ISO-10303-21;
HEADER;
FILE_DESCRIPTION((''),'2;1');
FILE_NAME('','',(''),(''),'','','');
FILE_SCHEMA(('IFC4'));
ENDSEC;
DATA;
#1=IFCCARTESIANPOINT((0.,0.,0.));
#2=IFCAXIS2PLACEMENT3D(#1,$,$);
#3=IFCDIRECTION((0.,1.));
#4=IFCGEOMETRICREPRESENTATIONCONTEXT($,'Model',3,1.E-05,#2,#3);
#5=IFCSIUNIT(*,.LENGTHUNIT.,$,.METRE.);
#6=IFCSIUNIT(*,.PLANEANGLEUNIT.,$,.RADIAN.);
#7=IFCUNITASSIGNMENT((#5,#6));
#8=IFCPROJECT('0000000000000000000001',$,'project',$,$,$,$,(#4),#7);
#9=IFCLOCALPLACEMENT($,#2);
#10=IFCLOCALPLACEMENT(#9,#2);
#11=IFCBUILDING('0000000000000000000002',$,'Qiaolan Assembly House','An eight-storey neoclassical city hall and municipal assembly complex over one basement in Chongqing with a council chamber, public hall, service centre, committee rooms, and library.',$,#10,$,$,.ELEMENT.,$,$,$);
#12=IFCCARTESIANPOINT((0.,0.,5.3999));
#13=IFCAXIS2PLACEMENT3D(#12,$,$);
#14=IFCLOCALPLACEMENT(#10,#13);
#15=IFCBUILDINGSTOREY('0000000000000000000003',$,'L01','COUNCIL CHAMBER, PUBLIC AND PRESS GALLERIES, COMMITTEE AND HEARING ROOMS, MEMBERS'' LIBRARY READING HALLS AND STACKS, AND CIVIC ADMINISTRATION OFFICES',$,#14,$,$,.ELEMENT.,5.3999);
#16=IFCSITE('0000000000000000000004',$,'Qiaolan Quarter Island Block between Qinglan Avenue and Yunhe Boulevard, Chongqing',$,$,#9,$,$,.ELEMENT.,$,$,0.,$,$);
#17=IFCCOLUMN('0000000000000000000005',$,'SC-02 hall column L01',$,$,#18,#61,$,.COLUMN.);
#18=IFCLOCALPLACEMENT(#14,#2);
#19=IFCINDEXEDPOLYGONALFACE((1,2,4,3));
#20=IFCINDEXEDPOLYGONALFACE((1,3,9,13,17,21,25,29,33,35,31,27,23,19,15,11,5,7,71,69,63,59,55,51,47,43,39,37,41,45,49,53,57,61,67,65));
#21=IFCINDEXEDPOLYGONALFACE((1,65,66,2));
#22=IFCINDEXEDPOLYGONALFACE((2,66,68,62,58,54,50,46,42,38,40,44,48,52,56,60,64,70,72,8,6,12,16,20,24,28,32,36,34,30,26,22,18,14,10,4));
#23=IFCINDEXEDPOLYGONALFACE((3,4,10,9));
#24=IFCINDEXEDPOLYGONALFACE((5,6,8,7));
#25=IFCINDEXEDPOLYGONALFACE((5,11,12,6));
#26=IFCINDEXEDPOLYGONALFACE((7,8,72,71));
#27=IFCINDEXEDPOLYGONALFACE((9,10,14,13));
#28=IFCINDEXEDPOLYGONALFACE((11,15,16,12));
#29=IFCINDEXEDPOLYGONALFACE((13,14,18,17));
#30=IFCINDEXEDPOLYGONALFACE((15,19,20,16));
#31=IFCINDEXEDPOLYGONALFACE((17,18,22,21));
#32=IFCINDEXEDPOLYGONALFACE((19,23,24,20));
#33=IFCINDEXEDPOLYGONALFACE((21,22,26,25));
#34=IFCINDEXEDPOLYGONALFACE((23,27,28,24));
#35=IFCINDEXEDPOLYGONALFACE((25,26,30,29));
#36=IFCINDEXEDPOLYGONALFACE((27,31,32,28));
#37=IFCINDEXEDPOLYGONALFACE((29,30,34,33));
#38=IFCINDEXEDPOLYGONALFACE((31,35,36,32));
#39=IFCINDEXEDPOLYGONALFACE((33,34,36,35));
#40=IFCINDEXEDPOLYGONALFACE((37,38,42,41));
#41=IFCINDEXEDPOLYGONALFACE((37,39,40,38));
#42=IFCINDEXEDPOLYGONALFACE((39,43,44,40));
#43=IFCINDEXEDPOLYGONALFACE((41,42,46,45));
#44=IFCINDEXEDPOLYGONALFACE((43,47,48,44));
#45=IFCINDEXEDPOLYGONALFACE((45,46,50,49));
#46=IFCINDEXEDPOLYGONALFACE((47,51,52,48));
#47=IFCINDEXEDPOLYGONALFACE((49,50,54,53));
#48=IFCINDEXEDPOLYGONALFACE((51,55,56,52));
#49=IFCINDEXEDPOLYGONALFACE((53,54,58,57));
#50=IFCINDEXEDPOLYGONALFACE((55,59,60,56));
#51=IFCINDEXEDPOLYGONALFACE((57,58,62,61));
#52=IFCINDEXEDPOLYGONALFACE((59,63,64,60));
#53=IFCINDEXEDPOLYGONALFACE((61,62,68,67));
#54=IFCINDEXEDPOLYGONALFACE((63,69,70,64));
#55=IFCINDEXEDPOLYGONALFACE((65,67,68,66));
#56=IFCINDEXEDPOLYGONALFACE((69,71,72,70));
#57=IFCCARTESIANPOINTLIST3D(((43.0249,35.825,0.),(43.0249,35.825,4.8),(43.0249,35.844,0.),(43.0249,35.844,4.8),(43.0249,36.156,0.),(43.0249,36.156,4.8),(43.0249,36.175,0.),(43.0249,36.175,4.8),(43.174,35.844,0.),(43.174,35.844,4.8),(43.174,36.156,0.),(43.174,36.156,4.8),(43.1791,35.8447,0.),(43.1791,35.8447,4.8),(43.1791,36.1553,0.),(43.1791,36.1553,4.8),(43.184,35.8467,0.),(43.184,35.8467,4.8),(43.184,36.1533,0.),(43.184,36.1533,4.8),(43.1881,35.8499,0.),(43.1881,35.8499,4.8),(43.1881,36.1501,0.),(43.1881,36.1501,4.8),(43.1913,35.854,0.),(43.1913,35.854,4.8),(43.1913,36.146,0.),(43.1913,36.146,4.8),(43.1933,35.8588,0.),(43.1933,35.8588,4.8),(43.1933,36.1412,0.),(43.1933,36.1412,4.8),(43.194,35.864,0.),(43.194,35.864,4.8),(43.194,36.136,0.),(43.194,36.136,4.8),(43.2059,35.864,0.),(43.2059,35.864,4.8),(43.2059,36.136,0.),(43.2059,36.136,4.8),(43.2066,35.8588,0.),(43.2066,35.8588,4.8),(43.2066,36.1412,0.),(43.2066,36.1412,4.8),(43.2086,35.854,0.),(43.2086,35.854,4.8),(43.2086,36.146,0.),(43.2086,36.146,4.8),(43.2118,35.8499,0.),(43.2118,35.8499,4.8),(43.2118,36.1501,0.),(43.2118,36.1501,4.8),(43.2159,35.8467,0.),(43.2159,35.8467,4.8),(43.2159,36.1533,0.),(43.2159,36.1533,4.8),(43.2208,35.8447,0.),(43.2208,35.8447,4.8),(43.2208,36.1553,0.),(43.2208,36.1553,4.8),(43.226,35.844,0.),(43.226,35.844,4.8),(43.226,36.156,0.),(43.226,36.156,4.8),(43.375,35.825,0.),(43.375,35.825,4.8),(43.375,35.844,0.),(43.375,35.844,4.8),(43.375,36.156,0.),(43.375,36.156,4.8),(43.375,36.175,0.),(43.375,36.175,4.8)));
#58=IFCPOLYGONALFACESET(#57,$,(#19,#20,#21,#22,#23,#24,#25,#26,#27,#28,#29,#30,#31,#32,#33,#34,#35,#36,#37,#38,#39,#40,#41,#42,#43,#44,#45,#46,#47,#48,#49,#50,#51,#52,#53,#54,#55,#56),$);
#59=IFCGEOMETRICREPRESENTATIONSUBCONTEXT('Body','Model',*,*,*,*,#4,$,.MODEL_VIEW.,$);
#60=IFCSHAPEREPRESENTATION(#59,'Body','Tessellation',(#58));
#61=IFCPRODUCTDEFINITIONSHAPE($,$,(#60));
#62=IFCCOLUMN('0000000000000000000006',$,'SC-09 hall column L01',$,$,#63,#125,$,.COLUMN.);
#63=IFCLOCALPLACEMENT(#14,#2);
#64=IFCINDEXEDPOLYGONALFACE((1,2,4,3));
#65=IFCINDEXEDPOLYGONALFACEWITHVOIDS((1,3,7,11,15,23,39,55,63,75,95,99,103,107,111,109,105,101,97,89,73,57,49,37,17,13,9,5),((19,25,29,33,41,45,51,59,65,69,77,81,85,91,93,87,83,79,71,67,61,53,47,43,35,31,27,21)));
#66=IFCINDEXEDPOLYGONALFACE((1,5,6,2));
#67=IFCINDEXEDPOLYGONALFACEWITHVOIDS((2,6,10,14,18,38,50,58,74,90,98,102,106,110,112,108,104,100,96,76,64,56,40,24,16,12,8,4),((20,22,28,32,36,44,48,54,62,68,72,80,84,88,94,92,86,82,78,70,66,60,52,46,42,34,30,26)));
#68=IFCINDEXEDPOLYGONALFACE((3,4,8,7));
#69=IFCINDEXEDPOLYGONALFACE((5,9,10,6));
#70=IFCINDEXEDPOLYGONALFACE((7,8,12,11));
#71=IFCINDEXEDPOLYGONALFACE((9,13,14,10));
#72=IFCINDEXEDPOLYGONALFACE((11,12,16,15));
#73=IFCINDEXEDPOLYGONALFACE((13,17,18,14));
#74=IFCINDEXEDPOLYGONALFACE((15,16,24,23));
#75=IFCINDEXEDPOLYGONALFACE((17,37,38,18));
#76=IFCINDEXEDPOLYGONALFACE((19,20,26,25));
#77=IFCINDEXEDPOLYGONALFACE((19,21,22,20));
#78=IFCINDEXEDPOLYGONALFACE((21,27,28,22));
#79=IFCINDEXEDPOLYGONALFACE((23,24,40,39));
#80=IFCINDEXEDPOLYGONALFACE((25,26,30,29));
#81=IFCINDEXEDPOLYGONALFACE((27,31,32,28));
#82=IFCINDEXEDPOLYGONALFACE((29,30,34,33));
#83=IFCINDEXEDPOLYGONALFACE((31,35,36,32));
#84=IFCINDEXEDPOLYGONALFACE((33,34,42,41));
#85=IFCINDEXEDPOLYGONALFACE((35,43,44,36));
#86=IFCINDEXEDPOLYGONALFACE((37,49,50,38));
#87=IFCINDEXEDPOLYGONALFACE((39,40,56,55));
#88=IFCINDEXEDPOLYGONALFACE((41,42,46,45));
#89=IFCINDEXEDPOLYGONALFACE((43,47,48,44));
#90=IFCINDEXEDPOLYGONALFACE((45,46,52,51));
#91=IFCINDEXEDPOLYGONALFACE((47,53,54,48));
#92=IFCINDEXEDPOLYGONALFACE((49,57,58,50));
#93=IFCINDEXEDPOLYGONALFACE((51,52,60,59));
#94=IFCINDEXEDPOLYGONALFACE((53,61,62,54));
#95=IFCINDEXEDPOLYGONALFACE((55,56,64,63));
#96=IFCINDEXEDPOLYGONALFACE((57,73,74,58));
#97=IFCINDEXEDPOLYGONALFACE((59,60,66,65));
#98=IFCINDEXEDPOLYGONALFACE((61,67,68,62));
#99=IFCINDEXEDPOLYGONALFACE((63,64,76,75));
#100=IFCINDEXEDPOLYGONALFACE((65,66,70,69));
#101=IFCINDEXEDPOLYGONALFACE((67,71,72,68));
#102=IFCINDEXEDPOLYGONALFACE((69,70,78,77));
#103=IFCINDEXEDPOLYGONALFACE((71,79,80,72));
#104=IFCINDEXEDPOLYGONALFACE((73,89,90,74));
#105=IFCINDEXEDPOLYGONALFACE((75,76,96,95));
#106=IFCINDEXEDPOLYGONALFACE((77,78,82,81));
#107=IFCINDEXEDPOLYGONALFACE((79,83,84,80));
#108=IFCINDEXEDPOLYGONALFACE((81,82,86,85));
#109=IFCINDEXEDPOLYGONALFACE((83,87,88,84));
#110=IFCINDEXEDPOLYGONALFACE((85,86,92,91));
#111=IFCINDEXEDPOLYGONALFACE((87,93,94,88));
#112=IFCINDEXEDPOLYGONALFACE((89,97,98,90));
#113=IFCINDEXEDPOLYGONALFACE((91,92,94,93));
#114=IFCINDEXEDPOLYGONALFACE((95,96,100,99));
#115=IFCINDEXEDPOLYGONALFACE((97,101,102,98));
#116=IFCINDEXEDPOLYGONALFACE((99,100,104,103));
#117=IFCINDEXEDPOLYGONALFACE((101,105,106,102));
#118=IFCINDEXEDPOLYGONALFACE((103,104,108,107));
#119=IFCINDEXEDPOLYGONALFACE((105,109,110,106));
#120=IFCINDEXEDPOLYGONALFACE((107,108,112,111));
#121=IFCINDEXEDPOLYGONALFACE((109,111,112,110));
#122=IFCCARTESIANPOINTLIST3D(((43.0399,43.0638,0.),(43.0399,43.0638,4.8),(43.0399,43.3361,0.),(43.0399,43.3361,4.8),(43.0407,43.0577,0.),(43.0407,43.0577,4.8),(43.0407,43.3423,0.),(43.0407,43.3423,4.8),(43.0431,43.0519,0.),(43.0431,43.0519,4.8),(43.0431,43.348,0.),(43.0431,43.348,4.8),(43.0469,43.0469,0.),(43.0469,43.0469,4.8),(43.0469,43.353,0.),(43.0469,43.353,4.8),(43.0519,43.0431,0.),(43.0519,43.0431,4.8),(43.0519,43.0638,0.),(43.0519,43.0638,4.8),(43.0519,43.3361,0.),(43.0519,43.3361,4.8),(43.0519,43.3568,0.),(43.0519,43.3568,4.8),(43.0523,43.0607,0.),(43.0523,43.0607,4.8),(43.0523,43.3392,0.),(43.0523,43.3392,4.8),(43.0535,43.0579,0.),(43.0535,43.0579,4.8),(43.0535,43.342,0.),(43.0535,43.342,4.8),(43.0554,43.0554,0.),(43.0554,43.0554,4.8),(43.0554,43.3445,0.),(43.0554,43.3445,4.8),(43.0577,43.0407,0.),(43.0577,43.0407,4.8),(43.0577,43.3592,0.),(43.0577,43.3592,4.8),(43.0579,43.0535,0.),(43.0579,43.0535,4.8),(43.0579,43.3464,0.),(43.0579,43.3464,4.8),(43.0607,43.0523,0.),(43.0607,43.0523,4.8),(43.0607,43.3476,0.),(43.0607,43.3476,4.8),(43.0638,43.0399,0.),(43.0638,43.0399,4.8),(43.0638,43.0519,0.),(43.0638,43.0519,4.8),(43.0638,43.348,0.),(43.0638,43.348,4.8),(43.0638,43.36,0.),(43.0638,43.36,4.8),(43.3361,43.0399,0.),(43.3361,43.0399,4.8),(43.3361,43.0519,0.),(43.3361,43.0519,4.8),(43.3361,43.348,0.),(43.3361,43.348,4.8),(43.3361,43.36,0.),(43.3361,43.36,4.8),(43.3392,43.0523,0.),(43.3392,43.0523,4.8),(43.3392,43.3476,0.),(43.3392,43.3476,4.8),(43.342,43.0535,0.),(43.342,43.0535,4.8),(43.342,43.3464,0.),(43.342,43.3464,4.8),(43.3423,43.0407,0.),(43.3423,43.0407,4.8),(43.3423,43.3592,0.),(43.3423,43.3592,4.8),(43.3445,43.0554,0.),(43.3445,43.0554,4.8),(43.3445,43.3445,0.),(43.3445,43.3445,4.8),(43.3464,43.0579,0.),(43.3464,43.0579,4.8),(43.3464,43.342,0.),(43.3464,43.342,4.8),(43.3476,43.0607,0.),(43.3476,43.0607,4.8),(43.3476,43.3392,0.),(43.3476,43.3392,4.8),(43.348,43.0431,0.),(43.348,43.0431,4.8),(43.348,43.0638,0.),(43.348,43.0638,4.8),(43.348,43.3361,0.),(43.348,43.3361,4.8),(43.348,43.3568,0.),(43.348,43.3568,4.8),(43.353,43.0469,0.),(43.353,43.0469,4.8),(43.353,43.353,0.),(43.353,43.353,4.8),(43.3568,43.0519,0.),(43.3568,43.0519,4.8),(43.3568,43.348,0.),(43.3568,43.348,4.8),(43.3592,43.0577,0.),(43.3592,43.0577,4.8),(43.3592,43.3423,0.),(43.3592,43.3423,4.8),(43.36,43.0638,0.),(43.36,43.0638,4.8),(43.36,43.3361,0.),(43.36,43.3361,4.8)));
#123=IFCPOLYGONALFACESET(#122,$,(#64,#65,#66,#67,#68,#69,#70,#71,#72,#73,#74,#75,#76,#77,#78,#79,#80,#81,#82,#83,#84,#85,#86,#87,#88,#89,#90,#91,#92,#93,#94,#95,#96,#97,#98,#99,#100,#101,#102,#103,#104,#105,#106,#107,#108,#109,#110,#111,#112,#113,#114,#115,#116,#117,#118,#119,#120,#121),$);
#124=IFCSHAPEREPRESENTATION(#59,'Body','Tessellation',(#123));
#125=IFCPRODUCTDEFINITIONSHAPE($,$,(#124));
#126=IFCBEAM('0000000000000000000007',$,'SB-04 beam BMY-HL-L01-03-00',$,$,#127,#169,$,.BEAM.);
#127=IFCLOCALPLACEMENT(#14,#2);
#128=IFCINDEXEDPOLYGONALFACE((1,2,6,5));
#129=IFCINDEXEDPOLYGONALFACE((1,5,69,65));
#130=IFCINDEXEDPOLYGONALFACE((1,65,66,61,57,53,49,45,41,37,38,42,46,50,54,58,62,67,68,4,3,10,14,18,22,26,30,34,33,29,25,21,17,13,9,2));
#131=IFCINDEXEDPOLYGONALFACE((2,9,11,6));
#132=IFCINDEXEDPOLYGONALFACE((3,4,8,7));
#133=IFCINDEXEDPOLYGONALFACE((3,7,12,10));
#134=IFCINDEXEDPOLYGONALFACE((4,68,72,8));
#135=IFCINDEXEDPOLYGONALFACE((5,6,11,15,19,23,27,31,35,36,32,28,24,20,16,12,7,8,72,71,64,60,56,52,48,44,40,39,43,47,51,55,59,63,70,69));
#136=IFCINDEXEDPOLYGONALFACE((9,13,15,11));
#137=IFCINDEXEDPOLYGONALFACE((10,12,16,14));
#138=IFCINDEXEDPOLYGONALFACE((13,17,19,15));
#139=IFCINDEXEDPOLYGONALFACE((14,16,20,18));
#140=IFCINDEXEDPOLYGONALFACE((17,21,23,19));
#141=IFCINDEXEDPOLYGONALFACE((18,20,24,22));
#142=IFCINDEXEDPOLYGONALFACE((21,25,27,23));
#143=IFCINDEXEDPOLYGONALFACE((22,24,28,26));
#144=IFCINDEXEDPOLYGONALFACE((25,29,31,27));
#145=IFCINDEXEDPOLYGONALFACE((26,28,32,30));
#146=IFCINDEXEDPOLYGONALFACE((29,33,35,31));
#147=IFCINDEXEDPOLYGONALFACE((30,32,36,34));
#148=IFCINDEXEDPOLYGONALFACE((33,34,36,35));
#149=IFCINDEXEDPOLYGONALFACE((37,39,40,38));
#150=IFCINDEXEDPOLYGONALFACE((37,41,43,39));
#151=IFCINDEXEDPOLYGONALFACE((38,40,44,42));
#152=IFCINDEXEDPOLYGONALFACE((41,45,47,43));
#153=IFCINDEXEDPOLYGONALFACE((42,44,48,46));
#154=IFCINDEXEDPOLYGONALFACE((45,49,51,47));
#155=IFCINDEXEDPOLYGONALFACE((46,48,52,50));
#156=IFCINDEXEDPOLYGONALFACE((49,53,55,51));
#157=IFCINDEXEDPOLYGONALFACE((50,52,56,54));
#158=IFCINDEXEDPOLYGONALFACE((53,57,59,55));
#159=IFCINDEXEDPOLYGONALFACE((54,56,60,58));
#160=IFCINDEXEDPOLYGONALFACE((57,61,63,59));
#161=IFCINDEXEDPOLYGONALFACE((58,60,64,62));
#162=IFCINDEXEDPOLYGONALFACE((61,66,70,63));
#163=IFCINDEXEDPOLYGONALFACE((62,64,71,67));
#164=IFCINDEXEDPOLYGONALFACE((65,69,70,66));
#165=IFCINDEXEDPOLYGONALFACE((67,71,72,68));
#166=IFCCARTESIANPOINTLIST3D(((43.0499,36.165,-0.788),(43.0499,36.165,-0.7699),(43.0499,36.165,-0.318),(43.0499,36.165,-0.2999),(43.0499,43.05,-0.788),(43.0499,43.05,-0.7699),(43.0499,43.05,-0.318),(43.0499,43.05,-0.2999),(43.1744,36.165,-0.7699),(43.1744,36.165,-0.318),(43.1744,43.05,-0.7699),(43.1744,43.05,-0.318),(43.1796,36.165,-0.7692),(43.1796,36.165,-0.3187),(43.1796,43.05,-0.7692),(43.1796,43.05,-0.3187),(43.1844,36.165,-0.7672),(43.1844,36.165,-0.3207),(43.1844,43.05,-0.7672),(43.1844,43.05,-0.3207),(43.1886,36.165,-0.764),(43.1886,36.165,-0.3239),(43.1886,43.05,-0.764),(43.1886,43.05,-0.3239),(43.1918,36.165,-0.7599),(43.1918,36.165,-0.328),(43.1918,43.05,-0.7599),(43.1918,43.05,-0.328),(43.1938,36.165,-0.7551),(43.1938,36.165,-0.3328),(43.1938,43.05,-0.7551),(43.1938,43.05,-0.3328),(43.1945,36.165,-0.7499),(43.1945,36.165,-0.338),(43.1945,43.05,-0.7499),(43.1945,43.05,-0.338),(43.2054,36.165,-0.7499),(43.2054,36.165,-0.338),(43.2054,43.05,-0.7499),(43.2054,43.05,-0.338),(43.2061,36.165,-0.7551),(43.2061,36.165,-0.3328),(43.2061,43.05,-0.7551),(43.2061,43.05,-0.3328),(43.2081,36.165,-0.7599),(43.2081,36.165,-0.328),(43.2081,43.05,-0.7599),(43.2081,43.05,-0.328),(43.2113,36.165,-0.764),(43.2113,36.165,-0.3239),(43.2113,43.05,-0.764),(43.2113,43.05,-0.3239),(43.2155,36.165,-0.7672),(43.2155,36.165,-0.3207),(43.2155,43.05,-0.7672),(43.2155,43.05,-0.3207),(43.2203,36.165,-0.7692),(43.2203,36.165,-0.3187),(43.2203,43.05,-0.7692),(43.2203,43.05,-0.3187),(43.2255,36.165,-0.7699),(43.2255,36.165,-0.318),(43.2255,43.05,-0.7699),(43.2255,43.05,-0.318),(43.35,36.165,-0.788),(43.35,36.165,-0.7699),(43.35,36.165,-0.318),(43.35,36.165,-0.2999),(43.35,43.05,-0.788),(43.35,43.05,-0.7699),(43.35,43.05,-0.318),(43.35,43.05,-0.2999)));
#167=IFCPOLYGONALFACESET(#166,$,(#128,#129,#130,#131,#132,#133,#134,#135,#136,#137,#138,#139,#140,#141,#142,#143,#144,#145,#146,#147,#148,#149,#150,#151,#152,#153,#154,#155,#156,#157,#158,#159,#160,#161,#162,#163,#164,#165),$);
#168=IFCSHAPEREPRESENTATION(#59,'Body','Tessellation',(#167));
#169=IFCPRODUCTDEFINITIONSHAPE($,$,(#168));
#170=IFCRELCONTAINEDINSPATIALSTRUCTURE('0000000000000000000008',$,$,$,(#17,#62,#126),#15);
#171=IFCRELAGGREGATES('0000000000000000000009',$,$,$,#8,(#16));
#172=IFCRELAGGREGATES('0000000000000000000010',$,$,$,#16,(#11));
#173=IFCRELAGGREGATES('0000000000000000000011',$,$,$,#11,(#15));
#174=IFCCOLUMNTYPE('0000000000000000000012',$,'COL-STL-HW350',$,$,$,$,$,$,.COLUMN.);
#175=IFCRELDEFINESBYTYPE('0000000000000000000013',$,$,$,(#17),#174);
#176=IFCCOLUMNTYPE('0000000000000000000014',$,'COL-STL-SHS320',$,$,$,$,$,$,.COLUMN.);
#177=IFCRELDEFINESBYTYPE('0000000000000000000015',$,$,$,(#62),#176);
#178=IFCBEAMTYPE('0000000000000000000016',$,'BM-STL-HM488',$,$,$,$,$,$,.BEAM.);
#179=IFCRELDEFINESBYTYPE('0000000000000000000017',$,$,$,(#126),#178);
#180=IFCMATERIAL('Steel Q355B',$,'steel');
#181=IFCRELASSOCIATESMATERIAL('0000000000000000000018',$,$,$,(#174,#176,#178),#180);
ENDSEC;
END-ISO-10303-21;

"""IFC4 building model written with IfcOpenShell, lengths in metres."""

from ifc_helpers import new_model, si_unit, direction, frame, origin, origin_2d, place, context, subcontext, project, spatial, hollow_rectangle, i_section, extrude, material, material_profile, profile_set, type_object, element, save


model = new_model("IFC4")

# Units and contexts
model_context = context("Model", 3, precision=1e-05, world=origin(), true_north=direction((0.0, 1.0)))
body_context = subcontext(model_context, "Body", "Model", "MODEL_VIEW")
ifc_project = project(units=[si_unit("LENGTHUNIT", "METRE"), si_unit("PLANEANGLEUNIT", "RADIAN")], contexts=[model_context])

# Site, building, storey
site_placement = place(None, origin())
site = spatial("IfcSite", under=ifc_project, at=site_placement, Name="Qiaolan Quarter Island Block between Qinglan Avenue and Yunhe Boulevard, Chongqing", CompositionType="ELEMENT", RefElevation=0.0)
building_placement = place(site_placement, origin())
building = spatial("IfcBuilding", under=site, at=building_placement, Name="Qiaolan Assembly House", Description="An eight-storey neoclassical city hall and municipal assembly complex over one basement in Chongqing with a council chamber, public hall, service centre, committee rooms, and library.", CompositionType="ELEMENT")
storey_placement = place(building_placement, frame((0.0, 0.0, 5.3999)))
storey = spatial("IfcBuildingStorey", under=building, at=storey_placement, Name="L01", Description="COUNCIL CHAMBER, PUBLIC AND PRESS GALLERIES, COMMITTEE AND HEARING ROOMS, MEMBERS' LIBRARY READING HALLS AND STACKS, AND CIVIC ADMINISTRATION OFFICES", CompositionType="ELEMENT", Elevation=5.3999)

# Columns
ifc_material_1 = material(Name="Steel Q355B", Category="steel")
ifc_material_profile_1 = material_profile(ifc_material_1, i_section(OverallWidth=0.3501, OverallDepth=0.3501, WebThickness=0.012, FlangeThickness=0.019, FilletRadius=0.02, at=origin_2d()), Name="HW 350x350x12x19")
ifc_profile_set_1 = profile_set([ifc_material_profile_1], Name="Steel Q355B")
column_type_1 = type_object("IfcColumnType", Name="COL-STL-HW350", PredefinedType="COLUMN", material=ifc_profile_set_1)
column_1_placement = place(storey_placement, frame((43.2, 36.0, 0.0), z_axis=(0.0, 0.0, 1.0), x_axis=(1.0, 0.0, 0.0)))
element("IfcColumn", 1, at=column_1_placement, inside=storey, type_object=column_type_1, Name="SC-02 hall column L01", PredefinedType="COLUMN", context=body_context, shape_type="SweptSolid", body=[
    extrude(i_section(OverallWidth=0.3501, OverallDepth=0.3501, WebThickness=0.012, FlangeThickness=0.019, FilletRadius=0.02, at=origin_2d()), origin(), (0.0, 0.0, 1.0), 4.8),
])
ifc_material_profile_2 = material_profile(ifc_material_1, hollow_rectangle(XDim=0.3201, YDim=0.3201, WallThickness=0.012, InnerFilletRadius=0.012, OuterFilletRadius=0.0239, at=origin_2d()), Name="SHS 320x320x12")
ifc_profile_set_2 = profile_set([ifc_material_profile_2], Name="Steel Q355B")
column_type_2 = type_object("IfcColumnType", Name="COL-STL-SHS320", PredefinedType="COLUMN", material=ifc_profile_set_2)
column_2_placement = place(storey_placement, frame((43.2, 43.2, 0.0), z_axis=(0.0, 0.0, 1.0), x_axis=(1.0, 0.0, 0.0)))
element("IfcColumn", 2, at=column_2_placement, inside=storey, type_object=column_type_2, Name="SC-09 hall column L01", PredefinedType="COLUMN", context=body_context, shape_type="SweptSolid", body=[
    extrude(hollow_rectangle(XDim=0.3201, YDim=0.3201, WallThickness=0.012, InnerFilletRadius=0.012, OuterFilletRadius=0.0239, at=origin_2d()), origin(), (0.0, 0.0, 1.0), 4.8),
])

# Beam
ifc_material_profile_3 = material_profile(ifc_material_1, i_section(OverallWidth=0.3, OverallDepth=0.488, WebThickness=0.011, FlangeThickness=0.0181, FilletRadius=0.02, at=origin_2d()), Name="HM 488x300x11x18")
ifc_profile_set_3 = profile_set([ifc_material_profile_3], Name="Steel Q355B")
beam_type_1 = type_object("IfcBeamType", Name="BM-STL-HM488", PredefinedType="BEAM", material=ifc_profile_set_3)
beam_1_placement = place(storey_placement, frame((43.2, 36.165, -0.5439), z_axis=(0.0, 1.0, 0.0), x_axis=(-1.0, 0.0, 0.0)))
element("IfcBeam", 3, at=beam_1_placement, inside=storey, type_object=beam_type_1, Name="SB-04 beam BMY-HL-L01-03-00", PredefinedType="BEAM", context=body_context, shape_type="SweptSolid", body=[
    extrude(i_section(OverallWidth=0.3, OverallDepth=0.488, WebThickness=0.011, FlangeThickness=0.0181, FilletRadius=0.02, at=origin_2d()), origin(), (0.0, 0.0, 1.0), 6.885),
])

save(model, "model.ifc")
